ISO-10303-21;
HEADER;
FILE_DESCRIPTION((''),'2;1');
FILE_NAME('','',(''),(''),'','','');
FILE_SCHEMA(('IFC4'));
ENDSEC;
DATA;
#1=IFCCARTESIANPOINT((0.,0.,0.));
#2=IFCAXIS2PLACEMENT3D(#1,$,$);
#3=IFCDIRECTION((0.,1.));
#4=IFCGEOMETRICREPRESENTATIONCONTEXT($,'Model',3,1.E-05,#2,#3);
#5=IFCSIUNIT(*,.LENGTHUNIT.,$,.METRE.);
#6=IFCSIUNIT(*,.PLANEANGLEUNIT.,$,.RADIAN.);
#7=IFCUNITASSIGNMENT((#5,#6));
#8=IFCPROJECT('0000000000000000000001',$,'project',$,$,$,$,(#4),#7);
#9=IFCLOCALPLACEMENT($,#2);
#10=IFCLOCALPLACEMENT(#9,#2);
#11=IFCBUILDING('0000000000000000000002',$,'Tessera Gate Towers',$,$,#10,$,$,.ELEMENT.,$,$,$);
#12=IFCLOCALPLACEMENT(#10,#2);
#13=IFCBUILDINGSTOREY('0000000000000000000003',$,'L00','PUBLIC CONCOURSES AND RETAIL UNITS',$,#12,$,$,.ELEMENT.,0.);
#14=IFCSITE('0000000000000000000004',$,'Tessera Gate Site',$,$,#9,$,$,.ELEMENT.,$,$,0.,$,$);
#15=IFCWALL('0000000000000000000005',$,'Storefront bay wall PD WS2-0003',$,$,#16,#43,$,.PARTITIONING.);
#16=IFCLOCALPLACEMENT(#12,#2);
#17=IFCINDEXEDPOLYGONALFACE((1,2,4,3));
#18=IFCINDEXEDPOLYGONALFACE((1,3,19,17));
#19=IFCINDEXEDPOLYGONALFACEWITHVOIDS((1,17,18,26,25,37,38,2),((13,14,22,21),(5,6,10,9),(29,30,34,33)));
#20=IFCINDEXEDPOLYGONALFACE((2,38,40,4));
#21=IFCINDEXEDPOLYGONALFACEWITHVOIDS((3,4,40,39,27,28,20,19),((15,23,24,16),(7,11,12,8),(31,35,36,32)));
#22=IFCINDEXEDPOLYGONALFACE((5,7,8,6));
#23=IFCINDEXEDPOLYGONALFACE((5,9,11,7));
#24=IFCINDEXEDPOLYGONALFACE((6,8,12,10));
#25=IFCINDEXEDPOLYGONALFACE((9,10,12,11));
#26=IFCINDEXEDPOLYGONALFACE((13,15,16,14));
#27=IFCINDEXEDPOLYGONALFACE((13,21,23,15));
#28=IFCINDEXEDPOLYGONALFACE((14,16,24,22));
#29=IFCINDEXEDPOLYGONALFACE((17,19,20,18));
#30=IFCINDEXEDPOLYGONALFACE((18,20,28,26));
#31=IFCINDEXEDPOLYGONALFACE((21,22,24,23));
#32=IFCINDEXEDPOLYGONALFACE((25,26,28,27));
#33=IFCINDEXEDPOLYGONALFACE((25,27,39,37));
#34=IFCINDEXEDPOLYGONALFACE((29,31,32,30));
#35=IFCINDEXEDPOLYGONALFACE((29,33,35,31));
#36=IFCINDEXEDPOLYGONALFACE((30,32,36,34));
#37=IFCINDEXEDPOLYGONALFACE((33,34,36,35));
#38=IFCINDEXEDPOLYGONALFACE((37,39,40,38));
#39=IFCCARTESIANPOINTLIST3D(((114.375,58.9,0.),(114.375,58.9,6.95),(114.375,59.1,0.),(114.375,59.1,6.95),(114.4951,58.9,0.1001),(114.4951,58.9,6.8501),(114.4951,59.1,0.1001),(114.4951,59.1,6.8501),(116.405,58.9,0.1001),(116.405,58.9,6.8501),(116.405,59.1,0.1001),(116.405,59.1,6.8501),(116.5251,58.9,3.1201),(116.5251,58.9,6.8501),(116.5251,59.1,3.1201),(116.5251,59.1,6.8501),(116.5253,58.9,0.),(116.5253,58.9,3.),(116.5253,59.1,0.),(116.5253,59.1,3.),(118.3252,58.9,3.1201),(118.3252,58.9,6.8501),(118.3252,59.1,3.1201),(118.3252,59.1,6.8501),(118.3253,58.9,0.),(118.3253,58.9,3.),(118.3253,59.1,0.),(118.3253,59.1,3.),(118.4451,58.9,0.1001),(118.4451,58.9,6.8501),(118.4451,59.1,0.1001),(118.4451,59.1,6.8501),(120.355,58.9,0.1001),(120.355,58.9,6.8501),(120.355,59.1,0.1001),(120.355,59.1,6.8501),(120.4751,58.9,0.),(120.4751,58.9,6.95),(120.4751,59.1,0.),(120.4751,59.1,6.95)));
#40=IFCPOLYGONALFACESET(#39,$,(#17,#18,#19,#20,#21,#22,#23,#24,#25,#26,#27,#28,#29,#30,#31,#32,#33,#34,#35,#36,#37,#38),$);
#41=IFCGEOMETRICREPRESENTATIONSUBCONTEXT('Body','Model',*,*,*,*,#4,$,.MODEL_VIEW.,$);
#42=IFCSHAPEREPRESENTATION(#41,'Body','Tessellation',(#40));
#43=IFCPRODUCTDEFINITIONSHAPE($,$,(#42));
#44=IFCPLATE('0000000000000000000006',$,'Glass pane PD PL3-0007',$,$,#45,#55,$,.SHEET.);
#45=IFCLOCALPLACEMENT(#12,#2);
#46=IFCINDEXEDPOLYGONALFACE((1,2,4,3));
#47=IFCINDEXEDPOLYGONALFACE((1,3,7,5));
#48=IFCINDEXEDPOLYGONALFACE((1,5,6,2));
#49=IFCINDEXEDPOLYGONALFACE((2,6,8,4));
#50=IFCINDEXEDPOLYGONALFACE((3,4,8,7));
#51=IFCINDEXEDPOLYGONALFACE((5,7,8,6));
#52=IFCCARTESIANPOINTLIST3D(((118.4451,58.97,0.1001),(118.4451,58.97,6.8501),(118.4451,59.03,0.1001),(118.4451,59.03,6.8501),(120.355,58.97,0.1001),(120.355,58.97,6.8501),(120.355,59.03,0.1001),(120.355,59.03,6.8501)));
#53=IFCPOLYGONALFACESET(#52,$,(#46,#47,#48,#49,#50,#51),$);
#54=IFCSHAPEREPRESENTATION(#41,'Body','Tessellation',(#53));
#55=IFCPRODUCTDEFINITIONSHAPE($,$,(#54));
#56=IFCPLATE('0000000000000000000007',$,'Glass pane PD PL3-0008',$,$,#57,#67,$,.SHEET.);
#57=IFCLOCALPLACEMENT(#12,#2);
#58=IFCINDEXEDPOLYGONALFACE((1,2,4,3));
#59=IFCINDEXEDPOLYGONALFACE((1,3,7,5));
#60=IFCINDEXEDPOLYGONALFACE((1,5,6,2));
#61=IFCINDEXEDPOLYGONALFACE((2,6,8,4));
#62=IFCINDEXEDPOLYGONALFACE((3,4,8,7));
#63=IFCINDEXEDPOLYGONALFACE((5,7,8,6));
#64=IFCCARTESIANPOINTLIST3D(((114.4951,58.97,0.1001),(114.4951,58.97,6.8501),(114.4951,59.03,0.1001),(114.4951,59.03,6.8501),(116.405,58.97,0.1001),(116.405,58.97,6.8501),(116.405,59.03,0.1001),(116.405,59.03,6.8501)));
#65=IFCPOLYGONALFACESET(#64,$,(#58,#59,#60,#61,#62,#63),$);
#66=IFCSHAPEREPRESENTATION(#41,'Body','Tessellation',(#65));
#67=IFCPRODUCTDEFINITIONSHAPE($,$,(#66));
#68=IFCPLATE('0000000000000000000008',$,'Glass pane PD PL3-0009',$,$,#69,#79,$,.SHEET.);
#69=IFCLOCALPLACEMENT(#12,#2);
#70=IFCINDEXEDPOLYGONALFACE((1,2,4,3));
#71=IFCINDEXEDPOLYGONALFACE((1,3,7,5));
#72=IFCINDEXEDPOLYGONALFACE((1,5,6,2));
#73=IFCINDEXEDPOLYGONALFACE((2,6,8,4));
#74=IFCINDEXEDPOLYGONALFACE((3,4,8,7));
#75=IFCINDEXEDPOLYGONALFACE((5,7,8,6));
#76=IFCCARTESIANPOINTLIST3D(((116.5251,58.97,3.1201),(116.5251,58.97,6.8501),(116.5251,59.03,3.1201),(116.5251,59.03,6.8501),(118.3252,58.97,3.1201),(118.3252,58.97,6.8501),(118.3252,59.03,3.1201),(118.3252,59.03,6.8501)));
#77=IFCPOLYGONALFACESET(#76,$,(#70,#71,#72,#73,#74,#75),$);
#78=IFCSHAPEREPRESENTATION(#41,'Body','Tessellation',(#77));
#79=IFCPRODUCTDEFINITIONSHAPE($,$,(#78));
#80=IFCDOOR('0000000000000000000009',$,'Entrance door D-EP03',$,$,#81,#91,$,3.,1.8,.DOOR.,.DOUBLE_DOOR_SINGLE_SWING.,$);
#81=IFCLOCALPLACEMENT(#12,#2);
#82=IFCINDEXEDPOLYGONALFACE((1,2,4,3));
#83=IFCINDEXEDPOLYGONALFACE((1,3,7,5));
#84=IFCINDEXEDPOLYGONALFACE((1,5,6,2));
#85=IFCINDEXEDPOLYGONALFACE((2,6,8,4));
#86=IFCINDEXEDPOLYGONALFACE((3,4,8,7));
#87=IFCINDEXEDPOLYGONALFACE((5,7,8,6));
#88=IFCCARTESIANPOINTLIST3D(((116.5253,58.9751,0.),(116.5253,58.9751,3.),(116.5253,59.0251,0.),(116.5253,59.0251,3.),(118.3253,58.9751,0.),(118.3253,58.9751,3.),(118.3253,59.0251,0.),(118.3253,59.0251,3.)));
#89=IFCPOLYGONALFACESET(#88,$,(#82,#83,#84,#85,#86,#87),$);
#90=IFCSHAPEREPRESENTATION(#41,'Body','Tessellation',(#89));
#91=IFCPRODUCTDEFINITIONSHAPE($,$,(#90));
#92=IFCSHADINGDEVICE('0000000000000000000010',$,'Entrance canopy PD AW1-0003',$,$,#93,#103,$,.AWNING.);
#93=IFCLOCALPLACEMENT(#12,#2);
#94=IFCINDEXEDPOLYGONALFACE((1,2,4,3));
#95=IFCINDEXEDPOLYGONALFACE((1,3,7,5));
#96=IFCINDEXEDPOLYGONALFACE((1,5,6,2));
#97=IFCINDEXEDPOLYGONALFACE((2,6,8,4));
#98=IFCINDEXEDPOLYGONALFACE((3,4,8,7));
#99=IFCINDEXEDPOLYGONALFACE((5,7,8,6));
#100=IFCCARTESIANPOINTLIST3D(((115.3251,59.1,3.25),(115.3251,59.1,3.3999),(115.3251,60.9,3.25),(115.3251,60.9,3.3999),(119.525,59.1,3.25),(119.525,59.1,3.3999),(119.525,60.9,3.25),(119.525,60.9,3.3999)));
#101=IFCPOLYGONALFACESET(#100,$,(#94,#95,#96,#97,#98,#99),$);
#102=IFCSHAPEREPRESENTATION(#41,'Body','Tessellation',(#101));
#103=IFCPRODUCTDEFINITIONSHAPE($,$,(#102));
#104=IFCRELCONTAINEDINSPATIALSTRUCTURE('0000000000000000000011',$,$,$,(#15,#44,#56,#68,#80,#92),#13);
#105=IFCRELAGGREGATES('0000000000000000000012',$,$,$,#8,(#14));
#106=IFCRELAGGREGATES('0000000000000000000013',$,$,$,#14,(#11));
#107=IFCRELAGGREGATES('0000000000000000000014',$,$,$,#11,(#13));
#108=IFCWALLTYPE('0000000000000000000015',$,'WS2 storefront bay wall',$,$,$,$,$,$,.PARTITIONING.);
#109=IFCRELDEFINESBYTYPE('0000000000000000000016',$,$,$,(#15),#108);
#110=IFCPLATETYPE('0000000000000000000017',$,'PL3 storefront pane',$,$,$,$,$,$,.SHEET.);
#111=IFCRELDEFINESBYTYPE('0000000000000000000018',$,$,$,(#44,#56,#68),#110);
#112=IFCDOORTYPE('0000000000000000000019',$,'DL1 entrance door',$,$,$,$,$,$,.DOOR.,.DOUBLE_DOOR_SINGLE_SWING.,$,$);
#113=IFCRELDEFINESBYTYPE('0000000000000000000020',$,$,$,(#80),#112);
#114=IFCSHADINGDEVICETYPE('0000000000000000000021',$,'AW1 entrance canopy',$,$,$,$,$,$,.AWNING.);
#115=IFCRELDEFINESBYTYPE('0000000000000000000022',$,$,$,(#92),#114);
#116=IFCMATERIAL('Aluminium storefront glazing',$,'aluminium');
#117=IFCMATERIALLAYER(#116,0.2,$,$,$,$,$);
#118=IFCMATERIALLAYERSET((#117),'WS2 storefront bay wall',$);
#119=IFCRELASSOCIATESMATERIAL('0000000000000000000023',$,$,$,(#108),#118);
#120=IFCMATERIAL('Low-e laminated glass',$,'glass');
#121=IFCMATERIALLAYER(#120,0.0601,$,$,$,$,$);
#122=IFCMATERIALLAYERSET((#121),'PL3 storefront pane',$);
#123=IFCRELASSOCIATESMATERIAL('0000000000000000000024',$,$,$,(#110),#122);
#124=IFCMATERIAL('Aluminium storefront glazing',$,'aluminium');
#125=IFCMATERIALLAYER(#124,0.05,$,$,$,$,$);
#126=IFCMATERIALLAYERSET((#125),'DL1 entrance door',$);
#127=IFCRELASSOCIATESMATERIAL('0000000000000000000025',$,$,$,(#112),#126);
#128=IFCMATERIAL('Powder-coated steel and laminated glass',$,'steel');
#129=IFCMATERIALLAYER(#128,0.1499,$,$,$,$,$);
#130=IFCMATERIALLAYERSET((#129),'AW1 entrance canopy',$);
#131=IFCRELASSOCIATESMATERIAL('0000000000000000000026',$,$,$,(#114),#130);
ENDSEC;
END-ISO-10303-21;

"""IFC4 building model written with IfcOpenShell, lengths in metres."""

from ifc_helpers import new_model, si_unit, direction, frame, frame_2d, origin, origin_2d, place, context, subcontext, project, spatial, polyline, rectangle, outline, extrude, source, transform, mapped, material, layer, layer_set, type_object, element, fill, save


model = new_model("IFC4")

# Units and contexts
model_context = context("Model", 3, precision=1e-05, world=origin(), true_north=direction((0.0, 1.0)))
body_context = subcontext(model_context, "Body", "Model", "MODEL_VIEW")
ifc_project = project(units=[si_unit("LENGTHUNIT", "METRE"), si_unit("PLANEANGLEUNIT", "RADIAN")], contexts=[model_context])

# Site, building, storey
site_placement = place(None, origin())
site = spatial("IfcSite", under=ifc_project, at=site_placement, Name="Tessera Gate Site", CompositionType="ELEMENT", RefElevation=0.0)
building_placement = place(site_placement, origin())
building = spatial("IfcBuilding", under=site, at=building_placement, Name="Tessera Gate Towers", CompositionType="ELEMENT")
storey_placement = place(building_placement, origin())
storey = spatial("IfcBuildingStorey", under=building, at=storey_placement, Name="L00", Description="PUBLIC CONCOURSES AND RETAIL UNITS", CompositionType="ELEMENT", Elevation=0.0)

# Wall, openings, plates, door
ifc_material_1 = material(Name="Aluminium storefront glazing", Category="aluminium")
ifc_layer_1 = layer(ifc_material_1, 0.2)
ifc_layer_set_1 = layer_set([ifc_layer_1], Name="WS2 storefront bay wall")
wall_type_1 = type_object("IfcWallType", Name="WS2 storefront bay wall", PredefinedType="PARTITIONING", material=ifc_layer_set_1)
wall_placement = place(storey_placement, frame((120.4751, 59.0, 0.0), z_axis=(0.0, 0.0, 1.0), x_axis=(-1.0, 0.0, 0.0)))
wall = element("IfcWall", 1, at=wall_placement, inside=storey, type_object=wall_type_1, Name="Storefront bay wall PD WS2-0003", PredefinedType="PARTITIONING", context=body_context, shape_type="SweptSolid", body=[
    extrude(rectangle(XDim=6.1001, YDim=0.2, at=frame_2d((3.05, 0.0))), origin(), (0.0, 0.0, 1.0), 6.95),
])
shared_shape_1 = source(origin(), body_context, "Body", "SweptSolid", [
    extrude(rectangle(XDim=1.8, YDim=3.0, at=frame_2d((0.8999, 1.5))), frame((0.0, 0.1099, 0.0), z_axis=(0.0, -1.0, 0.0), x_axis=(1.0, 0.0, 0.0)), (0.0, 0.0, 1.0), 0.22),
])
opening_1_placement = place(wall_placement, frame((2.1499, 0.0, 0.0)))
opening_1 = element("IfcOpeningElement", 2, at=opening_1_placement, cuts=wall, PredefinedType="OPENING", context=body_context, shape_type="MappedRepresentation", body=[
    mapped(shared_shape_1, transform((0.0, 0.0, 0.0), scale=1.0)),
])
shared_shape_2 = source(origin(), body_context, "Body", "SweptSolid", [
    extrude(outline(polyline([(0.1201, 0.1001), (2.03, 0.1001), (2.03, 6.8501), (0.1201, 6.8501), (0.1201, 0.1001)])), frame((0.0, 0.1099, 0.0), z_axis=(0.0, -1.0, 0.0), x_axis=(1.0, 0.0, 0.0)), (0.0, 0.0, 1.0), 0.22),
])
opening_2_placement = place(wall_placement, origin())
opening_2 = element("IfcOpeningElement", 3, at=opening_2_placement, cuts=wall, PredefinedType="OPENING", context=body_context, shape_type="MappedRepresentation", body=[
    mapped(shared_shape_2, transform((0.0, 0.0, 0.0), scale=1.0)),
])
shared_shape_3 = source(origin(), body_context, "Body", "SweptSolid", [
    extrude(outline(polyline([(4.0701, 0.1001), (5.98, 0.1001), (5.98, 6.8501), (4.0701, 6.8501), (4.0701, 0.1001)])), frame((0.0, 0.1099, 0.0), z_axis=(0.0, -1.0, 0.0), x_axis=(1.0, 0.0, 0.0)), (0.0, 0.0, 1.0), 0.22),
])
opening_3_placement = place(wall_placement, origin())
opening_3 = element("IfcOpeningElement", 4, at=opening_3_placement, cuts=wall, PredefinedType="OPENING", context=body_context, shape_type="MappedRepresentation", body=[
    mapped(shared_shape_3, transform((0.0, 0.0, 0.0), scale=1.0)),
])
shared_shape_4 = source(origin(), body_context, "Body", "SweptSolid", [
    extrude(outline(polyline([(2.1499, 3.1201), (3.95, 3.1201), (3.95, 6.8501), (2.1499, 6.8501), (2.1499, 3.1201)])), frame((0.0, 0.1099, 0.0), z_axis=(0.0, -1.0, 0.0), x_axis=(1.0, 0.0, 0.0)), (0.0, 0.0, 1.0), 0.22),
])
opening_4_placement = place(wall_placement, origin())
opening_4 = element("IfcOpeningElement", 5, at=opening_4_placement, cuts=wall, PredefinedType="OPENING", context=body_context, shape_type="MappedRepresentation", body=[
    mapped(shared_shape_4, transform((0.0, 0.0, 0.0), scale=1.0)),
])
ifc_material_2 = material(Name="Low-e laminated glass", Category="glass")
ifc_layer_2 = layer(ifc_material_2, 0.0601)
ifc_layer_set_2 = layer_set([ifc_layer_2], Name="PL3 storefront pane")
plate_type_1 = type_object("IfcPlateType", Name="PL3 storefront pane", PredefinedType="SHEET", material=ifc_layer_set_2)
shared_shape_5 = source(origin(), body_context, "Body", "SweptSolid", [
    extrude(outline(polyline([(0.1201, 0.1001), (2.03, 0.1001), (2.03, 6.8501), (0.1201, 6.8501), (0.1201, 0.1001)])), frame((0.0, 0.03, 0.0), z_axis=(0.0, -1.0, 0.0), x_axis=(1.0, 0.0, 0.0)), (0.0, 0.0, 1.0), 0.0601),
])
plate_1_placement = place(opening_2_placement, origin())
plate_1 = element("IfcPlate", 6, at=plate_1_placement, inside=storey, type_object=plate_type_1, Name="Glass pane PD PL3-0007", PredefinedType="SHEET", context=body_context, shape_type="MappedRepresentation", body=[
    mapped(shared_shape_5, transform((0.0, 0.0, 0.0), scale=1.0)),
])
fill(opening_2, plate_1)
shared_shape_6 = source(origin(), body_context, "Body", "SweptSolid", [
    extrude(outline(polyline([(4.0701, 0.1001), (5.98, 0.1001), (5.98, 6.8501), (4.0701, 6.8501), (4.0701, 0.1001)])), frame((0.0, 0.03, 0.0), z_axis=(0.0, -1.0, 0.0), x_axis=(1.0, 0.0, 0.0)), (0.0, 0.0, 1.0), 0.0601),
])
plate_2_placement = place(opening_3_placement, origin())
plate_2 = element("IfcPlate", 7, at=plate_2_placement, inside=storey, type_object=plate_type_1, Name="Glass pane PD PL3-0008", PredefinedType="SHEET", context=body_context, shape_type="MappedRepresentation", body=[
    mapped(shared_shape_6, transform((0.0, 0.0, 0.0), scale=1.0)),
])
fill(opening_3, plate_2)
shared_shape_7 = source(origin(), body_context, "Body", "SweptSolid", [
    extrude(outline(polyline([(2.1499, 3.1201), (3.95, 3.1201), (3.95, 6.8501), (2.1499, 6.8501), (2.1499, 3.1201)])), frame((0.0, 0.03, 0.0), z_axis=(0.0, -1.0, 0.0), x_axis=(1.0, 0.0, 0.0)), (0.0, 0.0, 1.0), 0.0601),
])
plate_3_placement = place(opening_4_placement, origin())
plate_3 = element("IfcPlate", 8, at=plate_3_placement, inside=storey, type_object=plate_type_1, Name="Glass pane PD PL3-0009", PredefinedType="SHEET", context=body_context, shape_type="MappedRepresentation", body=[
    mapped(shared_shape_7, transform((0.0, 0.0, 0.0), scale=1.0)),
])
fill(opening_4, plate_3)
ifc_material_3 = material(Name="Aluminium storefront glazing", Category="aluminium")
ifc_layer_3 = layer(ifc_material_3, 0.05)
ifc_layer_set_3 = layer_set([ifc_layer_3], Name="DL1 entrance door")
door_type = type_object("IfcDoorType", Name="DL1 entrance door", OperationType="DOUBLE_DOOR_SINGLE_SWING", PredefinedType="DOOR", material=ifc_layer_set_3)
shared_shape_8 = source(origin(), body_context, "Body", "SweptSolid", [
    extrude(rectangle(XDim=1.8, YDim=3.0, at=frame_2d((0.8999, 1.5))), frame((0.0, 0.0249, 0.0), z_axis=(0.0, -1.0, 0.0), x_axis=(1.0, 0.0, 0.0)), (0.0, 0.0, 1.0), 0.05),
])
door_placement = place(opening_1_placement, origin())
door = element("IfcDoor", 9, at=door_placement, inside=storey, type_object=door_type, Name="Entrance door D-EP03", OperationType="DOUBLE_DOOR_SINGLE_SWING", OverallHeight=3.0, OverallWidth=1.8, PredefinedType="DOOR", context=body_context, shape_type="MappedRepresentation", body=[
    mapped(shared_shape_8, transform((0.0, 0.0, 0.0), scale=1.0)),
])
fill(opening_1, door)

# Shading device
ifc_material_4 = material(Name="Powder-coated steel and laminated glass", Category="steel")
ifc_layer_4 = layer(ifc_material_4, 0.1499)
ifc_layer_set_4 = layer_set([ifc_layer_4], Name="AW1 entrance canopy")
shading_device_type = type_object("IfcShadingDeviceType", Name="AW1 entrance canopy", PredefinedType="AWNING", material=ifc_layer_set_4)
shading_device_placement = place(storey_placement, frame((117.425, 60.0, 3.25), z_axis=(0.0, 0.0, 1.0), x_axis=(-1.0, 0.0, 0.0)))
element("IfcShadingDevice", 10, at=shading_device_placement, inside=storey, type_object=shading_device_type, Name="Entrance canopy PD AW1-0003", PredefinedType="AWNING", context=body_context, shape_type="SweptSolid", body=[
    extrude(rectangle(XDim=4.2, YDim=1.8, at=origin_2d()), origin(), (0.0, 0.0, 1.0), 0.1499),
])

save(model, "model.ifc")
